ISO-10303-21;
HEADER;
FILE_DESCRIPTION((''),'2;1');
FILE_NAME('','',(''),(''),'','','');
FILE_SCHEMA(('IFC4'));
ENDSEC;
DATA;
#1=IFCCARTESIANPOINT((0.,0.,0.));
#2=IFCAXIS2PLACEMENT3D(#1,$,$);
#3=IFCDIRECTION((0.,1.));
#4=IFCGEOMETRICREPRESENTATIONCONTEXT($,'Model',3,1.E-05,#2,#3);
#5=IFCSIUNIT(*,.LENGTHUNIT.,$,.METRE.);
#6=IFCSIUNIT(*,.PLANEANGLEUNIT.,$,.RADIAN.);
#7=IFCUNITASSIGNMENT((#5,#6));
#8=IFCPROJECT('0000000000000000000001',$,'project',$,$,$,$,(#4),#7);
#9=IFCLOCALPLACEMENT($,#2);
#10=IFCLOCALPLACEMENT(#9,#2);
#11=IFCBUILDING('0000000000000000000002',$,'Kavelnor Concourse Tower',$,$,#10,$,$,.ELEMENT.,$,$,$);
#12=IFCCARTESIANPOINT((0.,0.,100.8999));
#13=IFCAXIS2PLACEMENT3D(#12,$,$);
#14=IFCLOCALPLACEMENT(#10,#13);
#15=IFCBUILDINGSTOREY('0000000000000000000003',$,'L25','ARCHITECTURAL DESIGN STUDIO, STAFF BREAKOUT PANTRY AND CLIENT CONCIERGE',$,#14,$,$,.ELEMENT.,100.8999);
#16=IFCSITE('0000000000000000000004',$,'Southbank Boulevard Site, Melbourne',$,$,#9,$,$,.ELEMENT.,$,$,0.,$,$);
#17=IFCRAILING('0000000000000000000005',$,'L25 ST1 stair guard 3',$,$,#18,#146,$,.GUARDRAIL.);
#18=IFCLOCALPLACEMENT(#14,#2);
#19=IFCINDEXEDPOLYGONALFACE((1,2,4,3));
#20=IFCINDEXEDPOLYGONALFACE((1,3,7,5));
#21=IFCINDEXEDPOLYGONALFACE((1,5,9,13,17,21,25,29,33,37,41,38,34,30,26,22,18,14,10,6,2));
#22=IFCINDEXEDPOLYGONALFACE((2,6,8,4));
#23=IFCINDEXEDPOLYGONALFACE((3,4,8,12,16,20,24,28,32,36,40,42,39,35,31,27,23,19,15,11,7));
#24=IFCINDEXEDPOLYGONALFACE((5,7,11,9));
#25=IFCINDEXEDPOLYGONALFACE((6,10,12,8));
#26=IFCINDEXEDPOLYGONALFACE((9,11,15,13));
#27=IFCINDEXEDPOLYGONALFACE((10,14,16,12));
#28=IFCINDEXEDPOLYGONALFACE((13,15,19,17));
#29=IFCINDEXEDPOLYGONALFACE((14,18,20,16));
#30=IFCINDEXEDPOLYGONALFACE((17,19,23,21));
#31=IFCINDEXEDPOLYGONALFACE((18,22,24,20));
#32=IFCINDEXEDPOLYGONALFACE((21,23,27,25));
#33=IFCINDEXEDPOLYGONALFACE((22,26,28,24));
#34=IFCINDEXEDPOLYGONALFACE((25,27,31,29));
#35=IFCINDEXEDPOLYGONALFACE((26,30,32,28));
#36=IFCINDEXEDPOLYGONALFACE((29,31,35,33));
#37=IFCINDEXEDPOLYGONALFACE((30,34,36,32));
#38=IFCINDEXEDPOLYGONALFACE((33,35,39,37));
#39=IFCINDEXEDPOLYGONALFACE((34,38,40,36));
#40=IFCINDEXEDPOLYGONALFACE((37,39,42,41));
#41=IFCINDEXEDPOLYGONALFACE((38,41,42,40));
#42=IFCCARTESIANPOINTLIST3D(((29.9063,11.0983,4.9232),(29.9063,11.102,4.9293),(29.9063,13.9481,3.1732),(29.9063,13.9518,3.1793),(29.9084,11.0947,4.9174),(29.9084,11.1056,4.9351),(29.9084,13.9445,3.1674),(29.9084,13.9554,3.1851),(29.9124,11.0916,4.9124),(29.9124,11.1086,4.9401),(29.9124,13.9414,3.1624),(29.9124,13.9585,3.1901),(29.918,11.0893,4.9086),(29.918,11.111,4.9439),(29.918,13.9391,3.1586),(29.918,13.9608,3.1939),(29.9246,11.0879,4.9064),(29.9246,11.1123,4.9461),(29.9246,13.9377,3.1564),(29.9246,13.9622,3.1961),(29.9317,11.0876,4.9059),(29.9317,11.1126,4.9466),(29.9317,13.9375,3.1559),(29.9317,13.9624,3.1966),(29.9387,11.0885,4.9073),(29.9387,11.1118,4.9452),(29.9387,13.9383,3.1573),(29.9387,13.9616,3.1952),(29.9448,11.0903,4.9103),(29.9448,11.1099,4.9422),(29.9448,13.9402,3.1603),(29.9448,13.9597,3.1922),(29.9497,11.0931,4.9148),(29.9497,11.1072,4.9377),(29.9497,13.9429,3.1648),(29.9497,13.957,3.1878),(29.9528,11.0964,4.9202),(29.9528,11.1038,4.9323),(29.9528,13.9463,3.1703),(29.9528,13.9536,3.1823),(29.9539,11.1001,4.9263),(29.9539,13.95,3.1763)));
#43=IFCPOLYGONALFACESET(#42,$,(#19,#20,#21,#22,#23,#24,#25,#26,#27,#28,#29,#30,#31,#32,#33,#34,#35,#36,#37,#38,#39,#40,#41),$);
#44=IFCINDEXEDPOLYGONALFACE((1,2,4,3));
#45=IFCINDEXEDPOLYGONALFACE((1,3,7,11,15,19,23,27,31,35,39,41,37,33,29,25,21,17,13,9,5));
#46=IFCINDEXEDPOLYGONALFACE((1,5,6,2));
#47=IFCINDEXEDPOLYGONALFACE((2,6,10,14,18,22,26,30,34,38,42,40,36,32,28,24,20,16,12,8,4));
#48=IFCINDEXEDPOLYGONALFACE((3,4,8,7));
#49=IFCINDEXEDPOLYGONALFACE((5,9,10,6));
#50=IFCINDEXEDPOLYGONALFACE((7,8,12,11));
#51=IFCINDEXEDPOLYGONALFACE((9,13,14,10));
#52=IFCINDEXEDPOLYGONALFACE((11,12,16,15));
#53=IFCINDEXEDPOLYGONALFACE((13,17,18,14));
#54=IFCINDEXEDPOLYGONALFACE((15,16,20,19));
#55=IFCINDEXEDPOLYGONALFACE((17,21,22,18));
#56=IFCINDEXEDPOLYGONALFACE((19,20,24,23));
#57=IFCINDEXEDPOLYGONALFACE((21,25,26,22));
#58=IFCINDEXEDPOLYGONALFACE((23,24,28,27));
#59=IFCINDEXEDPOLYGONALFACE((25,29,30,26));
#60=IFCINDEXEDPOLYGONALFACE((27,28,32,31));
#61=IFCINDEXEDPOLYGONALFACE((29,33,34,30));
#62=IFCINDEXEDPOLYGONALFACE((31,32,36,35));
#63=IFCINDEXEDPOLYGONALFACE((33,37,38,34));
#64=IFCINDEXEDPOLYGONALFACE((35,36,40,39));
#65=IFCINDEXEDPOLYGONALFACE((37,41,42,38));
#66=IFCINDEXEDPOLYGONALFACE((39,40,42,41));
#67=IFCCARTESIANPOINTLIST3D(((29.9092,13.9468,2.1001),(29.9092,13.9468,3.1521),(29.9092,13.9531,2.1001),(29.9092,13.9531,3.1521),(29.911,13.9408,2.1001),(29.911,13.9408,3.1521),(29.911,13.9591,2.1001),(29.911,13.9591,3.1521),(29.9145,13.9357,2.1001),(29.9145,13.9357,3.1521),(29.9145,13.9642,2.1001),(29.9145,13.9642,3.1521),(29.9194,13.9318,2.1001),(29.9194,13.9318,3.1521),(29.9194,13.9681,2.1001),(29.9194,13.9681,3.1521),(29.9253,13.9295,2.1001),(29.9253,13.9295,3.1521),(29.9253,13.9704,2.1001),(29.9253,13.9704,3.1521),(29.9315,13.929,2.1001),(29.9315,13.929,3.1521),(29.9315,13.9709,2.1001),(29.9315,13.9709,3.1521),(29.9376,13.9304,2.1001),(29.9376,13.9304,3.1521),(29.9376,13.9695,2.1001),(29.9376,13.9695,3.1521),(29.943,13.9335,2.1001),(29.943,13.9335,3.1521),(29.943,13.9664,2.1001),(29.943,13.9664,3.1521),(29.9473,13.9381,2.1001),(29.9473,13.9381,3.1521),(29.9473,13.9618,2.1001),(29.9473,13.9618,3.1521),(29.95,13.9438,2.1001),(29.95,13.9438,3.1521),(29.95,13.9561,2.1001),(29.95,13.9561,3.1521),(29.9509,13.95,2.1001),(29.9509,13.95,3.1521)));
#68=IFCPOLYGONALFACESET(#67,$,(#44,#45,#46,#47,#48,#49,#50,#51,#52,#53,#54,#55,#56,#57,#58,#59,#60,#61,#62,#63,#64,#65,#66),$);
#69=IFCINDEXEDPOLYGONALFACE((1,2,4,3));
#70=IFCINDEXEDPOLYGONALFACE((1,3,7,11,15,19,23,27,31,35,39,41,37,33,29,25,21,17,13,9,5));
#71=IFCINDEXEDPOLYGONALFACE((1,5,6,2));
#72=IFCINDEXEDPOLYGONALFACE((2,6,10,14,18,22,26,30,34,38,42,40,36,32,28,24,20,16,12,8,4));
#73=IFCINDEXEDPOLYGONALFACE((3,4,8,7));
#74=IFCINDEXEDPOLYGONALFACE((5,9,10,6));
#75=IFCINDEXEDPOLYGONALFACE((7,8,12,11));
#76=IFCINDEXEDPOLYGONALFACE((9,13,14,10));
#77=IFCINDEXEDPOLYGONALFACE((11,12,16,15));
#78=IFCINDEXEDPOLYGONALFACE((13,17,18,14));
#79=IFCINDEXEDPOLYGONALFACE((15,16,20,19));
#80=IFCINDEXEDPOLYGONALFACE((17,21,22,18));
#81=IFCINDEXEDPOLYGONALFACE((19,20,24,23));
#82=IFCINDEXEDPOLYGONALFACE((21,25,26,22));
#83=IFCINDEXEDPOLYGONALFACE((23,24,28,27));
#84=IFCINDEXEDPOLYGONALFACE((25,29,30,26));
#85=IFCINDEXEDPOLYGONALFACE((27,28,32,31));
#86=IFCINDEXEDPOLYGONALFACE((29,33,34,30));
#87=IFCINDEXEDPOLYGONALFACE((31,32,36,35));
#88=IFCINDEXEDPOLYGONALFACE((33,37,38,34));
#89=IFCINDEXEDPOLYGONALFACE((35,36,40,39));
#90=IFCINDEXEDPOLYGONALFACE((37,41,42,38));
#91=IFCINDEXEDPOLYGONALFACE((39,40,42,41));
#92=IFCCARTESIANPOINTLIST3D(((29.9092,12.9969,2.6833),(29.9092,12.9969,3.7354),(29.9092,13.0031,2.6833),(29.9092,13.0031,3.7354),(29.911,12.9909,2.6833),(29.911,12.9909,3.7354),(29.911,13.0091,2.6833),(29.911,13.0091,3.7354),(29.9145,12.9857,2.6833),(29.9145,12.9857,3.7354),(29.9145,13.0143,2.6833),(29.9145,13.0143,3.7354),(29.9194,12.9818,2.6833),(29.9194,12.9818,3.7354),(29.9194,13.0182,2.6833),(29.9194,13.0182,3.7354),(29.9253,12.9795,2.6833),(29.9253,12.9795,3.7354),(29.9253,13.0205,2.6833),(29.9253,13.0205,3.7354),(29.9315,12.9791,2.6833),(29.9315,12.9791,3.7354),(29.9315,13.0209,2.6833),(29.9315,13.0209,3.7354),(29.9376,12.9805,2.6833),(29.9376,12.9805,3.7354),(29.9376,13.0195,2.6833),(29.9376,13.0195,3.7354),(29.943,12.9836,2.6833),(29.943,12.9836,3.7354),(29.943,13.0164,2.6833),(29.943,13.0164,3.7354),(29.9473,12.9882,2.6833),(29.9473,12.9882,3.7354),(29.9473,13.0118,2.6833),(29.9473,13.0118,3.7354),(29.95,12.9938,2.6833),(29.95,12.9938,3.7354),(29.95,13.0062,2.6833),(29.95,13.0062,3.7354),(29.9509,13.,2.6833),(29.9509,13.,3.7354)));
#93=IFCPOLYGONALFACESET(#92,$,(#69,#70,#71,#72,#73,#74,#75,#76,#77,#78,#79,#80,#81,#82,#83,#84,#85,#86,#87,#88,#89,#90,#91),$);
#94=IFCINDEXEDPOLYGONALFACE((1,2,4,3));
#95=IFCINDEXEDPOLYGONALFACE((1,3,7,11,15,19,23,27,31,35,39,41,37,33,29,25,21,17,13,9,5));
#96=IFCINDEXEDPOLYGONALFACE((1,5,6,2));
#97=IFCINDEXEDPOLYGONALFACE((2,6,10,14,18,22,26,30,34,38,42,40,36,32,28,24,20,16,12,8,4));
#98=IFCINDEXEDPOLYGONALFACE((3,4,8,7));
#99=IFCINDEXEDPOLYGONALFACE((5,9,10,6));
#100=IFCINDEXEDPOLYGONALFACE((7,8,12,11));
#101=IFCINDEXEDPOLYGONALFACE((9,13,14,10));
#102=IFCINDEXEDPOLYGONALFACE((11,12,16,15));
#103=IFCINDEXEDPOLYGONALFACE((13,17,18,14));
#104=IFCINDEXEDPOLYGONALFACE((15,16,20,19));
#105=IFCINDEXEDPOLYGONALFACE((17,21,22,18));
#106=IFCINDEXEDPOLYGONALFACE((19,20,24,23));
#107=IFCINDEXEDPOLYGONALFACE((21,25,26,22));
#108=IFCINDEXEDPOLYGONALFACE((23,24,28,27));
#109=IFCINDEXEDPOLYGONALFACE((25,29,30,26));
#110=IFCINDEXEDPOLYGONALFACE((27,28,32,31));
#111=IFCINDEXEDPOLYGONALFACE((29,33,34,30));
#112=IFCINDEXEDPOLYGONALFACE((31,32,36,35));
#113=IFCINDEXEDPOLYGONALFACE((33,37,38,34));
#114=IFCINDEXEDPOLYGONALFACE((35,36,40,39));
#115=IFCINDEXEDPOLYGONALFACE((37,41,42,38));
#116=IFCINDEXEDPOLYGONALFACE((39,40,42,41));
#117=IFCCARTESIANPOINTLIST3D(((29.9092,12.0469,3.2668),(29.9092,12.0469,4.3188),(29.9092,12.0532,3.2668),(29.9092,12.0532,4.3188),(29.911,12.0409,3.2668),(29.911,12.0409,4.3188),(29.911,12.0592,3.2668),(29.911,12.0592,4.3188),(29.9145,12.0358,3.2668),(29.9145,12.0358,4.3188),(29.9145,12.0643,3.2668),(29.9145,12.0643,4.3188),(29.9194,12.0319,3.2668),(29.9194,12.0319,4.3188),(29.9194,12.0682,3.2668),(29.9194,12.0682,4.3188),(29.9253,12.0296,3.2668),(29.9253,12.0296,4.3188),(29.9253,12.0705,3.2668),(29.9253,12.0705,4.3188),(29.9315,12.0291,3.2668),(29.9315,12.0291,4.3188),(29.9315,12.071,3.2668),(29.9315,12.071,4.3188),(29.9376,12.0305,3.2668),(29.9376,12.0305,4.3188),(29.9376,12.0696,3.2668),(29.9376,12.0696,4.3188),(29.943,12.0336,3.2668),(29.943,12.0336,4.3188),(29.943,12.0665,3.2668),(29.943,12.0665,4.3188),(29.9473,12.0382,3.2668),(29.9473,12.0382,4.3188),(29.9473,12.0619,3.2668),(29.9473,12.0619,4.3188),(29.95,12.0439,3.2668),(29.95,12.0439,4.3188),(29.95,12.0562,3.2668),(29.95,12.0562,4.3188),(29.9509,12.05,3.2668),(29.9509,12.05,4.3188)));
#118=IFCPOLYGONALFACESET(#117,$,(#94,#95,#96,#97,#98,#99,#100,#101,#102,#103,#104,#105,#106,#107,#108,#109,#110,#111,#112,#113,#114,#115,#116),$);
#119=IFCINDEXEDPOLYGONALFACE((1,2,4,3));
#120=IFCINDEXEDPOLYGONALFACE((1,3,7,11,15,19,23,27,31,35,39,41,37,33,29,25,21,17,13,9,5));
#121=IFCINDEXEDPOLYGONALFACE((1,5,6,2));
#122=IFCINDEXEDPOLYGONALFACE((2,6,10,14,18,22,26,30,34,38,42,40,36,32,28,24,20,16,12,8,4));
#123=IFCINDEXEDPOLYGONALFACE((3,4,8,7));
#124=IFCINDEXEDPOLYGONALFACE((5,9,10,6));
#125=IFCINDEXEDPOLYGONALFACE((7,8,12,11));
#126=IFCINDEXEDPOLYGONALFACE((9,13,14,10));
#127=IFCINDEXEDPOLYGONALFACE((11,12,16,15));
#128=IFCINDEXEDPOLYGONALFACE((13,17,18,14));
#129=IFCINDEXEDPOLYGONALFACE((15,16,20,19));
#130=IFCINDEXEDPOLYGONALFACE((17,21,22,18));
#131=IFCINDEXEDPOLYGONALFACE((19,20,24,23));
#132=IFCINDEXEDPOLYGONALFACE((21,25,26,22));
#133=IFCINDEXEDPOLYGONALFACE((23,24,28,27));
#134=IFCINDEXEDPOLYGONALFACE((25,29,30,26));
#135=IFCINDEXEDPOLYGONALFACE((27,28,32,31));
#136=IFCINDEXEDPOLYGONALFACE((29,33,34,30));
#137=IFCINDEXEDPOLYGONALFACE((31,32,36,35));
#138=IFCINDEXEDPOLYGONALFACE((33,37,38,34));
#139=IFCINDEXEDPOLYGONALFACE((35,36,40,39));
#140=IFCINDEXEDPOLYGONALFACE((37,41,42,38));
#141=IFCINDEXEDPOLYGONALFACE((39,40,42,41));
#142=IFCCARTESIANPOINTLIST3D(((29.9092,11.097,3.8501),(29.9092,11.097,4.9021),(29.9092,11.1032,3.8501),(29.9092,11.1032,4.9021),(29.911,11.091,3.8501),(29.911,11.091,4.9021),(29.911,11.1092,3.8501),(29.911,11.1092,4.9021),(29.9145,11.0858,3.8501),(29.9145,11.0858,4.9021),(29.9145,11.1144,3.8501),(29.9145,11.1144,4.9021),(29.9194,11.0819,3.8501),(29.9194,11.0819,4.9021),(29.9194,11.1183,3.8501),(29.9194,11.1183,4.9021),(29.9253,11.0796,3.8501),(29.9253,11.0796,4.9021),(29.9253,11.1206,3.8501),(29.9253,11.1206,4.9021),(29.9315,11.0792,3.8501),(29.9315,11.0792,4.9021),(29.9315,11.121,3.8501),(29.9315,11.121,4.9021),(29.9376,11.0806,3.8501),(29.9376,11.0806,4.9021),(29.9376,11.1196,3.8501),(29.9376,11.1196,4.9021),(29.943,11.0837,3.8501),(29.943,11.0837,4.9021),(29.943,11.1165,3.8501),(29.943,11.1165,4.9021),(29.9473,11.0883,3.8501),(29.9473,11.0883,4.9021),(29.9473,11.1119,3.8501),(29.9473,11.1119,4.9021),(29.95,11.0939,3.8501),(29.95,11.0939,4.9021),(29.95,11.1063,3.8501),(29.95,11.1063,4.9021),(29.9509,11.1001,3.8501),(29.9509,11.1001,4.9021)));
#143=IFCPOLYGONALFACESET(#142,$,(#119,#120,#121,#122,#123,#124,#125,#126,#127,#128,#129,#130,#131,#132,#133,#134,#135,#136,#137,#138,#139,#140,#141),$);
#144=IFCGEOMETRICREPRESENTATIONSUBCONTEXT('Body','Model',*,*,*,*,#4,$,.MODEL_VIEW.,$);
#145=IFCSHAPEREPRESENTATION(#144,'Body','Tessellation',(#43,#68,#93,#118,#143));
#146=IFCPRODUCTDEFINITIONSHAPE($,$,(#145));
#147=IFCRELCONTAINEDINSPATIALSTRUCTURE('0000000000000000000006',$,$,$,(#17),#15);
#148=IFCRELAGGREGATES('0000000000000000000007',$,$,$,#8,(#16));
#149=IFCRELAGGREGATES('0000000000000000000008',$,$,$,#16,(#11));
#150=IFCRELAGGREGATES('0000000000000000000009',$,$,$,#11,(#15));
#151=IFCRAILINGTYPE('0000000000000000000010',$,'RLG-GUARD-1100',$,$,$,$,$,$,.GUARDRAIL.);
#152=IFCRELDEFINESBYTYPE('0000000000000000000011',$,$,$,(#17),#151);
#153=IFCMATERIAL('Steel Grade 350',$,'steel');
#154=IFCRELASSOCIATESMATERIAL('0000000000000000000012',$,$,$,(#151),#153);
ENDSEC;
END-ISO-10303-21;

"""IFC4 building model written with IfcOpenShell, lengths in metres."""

from ifc_helpers import new_model, si_unit, direction, frame, origin, origin_2d, place, context, subcontext, project, spatial, circle, extrude, material, type_object, element, save


model = new_model("IFC4")

# Units and contexts
model_context = context("Model", 3, precision=1e-05, world=origin(), true_north=direction((0.0, 1.0)))
body_context = subcontext(model_context, "Body", "Model", "MODEL_VIEW")
ifc_project = project(units=[si_unit("LENGTHUNIT", "METRE"), si_unit("PLANEANGLEUNIT", "RADIAN")], contexts=[model_context])

# Site, building, storey
site_placement = place(None, origin())
site = spatial("IfcSite", under=ifc_project, at=site_placement, Name="Southbank Boulevard Site, Melbourne", CompositionType="ELEMENT", RefElevation=0.0)
building_placement = place(site_placement, origin())
building = spatial("IfcBuilding", under=site, at=building_placement, Name="Kavelnor Concourse Tower", CompositionType="ELEMENT")
storey_placement = place(building_placement, frame((0.0, 0.0, 100.8999)))
storey = spatial("IfcBuildingStorey", under=building, at=storey_placement, Name="L25", Description="ARCHITECTURAL DESIGN STUDIO, STAFF BREAKOUT PANTRY AND CLIENT CONCIERGE", CompositionType="ELEMENT", Elevation=100.8999)

# Shared definitions
ifc_material_1 = material(Name="Steel Grade 350", Category="steel")

# Railing
railing_type_1 = type_object("IfcRailingType", Name="RLG-GUARD-1100", PredefinedType="GUARDRAIL", material=ifc_material_1)
railing_1_placement = place(storey_placement, frame((29.9299, 13.95, 2.1001)))
element("IfcRailing", 1, at=railing_1_placement, inside=storey, type_object=railing_type_1, Name="L25 ST1 stair guard 3", PredefinedType="GUARDRAIL", context=body_context, shape_type="SweptSolid", body=[
    extrude(circle(Radius=0.0239, at=origin_2d()), frame((0.0, 0.0, 1.0762), z_axis=(0.0, -0.852159, 0.523283), x_axis=(1.0, 0.0, 0.0)), (0.0, 0.0, 1.0), 3.3442),
    extrude(circle(Radius=0.021, at=origin_2d()), origin(), (0.0, 0.0, 1.0), 1.052),
    extrude(circle(Radius=0.021, at=origin_2d()), frame((0.0, -0.95, 0.5833)), (0.0, 0.0, 1.0), 1.052),
    extrude(circle(Radius=0.021, at=origin_2d()), frame((0.0, -1.8999, 1.1667)), (0.0, 0.0, 1.0), 1.052),
    extrude(circle(Radius=0.021, at=origin_2d()), frame((0.0, -2.8499, 1.75)), (0.0, 0.0, 1.0), 1.052),
])

save(model, "model.ifc")
